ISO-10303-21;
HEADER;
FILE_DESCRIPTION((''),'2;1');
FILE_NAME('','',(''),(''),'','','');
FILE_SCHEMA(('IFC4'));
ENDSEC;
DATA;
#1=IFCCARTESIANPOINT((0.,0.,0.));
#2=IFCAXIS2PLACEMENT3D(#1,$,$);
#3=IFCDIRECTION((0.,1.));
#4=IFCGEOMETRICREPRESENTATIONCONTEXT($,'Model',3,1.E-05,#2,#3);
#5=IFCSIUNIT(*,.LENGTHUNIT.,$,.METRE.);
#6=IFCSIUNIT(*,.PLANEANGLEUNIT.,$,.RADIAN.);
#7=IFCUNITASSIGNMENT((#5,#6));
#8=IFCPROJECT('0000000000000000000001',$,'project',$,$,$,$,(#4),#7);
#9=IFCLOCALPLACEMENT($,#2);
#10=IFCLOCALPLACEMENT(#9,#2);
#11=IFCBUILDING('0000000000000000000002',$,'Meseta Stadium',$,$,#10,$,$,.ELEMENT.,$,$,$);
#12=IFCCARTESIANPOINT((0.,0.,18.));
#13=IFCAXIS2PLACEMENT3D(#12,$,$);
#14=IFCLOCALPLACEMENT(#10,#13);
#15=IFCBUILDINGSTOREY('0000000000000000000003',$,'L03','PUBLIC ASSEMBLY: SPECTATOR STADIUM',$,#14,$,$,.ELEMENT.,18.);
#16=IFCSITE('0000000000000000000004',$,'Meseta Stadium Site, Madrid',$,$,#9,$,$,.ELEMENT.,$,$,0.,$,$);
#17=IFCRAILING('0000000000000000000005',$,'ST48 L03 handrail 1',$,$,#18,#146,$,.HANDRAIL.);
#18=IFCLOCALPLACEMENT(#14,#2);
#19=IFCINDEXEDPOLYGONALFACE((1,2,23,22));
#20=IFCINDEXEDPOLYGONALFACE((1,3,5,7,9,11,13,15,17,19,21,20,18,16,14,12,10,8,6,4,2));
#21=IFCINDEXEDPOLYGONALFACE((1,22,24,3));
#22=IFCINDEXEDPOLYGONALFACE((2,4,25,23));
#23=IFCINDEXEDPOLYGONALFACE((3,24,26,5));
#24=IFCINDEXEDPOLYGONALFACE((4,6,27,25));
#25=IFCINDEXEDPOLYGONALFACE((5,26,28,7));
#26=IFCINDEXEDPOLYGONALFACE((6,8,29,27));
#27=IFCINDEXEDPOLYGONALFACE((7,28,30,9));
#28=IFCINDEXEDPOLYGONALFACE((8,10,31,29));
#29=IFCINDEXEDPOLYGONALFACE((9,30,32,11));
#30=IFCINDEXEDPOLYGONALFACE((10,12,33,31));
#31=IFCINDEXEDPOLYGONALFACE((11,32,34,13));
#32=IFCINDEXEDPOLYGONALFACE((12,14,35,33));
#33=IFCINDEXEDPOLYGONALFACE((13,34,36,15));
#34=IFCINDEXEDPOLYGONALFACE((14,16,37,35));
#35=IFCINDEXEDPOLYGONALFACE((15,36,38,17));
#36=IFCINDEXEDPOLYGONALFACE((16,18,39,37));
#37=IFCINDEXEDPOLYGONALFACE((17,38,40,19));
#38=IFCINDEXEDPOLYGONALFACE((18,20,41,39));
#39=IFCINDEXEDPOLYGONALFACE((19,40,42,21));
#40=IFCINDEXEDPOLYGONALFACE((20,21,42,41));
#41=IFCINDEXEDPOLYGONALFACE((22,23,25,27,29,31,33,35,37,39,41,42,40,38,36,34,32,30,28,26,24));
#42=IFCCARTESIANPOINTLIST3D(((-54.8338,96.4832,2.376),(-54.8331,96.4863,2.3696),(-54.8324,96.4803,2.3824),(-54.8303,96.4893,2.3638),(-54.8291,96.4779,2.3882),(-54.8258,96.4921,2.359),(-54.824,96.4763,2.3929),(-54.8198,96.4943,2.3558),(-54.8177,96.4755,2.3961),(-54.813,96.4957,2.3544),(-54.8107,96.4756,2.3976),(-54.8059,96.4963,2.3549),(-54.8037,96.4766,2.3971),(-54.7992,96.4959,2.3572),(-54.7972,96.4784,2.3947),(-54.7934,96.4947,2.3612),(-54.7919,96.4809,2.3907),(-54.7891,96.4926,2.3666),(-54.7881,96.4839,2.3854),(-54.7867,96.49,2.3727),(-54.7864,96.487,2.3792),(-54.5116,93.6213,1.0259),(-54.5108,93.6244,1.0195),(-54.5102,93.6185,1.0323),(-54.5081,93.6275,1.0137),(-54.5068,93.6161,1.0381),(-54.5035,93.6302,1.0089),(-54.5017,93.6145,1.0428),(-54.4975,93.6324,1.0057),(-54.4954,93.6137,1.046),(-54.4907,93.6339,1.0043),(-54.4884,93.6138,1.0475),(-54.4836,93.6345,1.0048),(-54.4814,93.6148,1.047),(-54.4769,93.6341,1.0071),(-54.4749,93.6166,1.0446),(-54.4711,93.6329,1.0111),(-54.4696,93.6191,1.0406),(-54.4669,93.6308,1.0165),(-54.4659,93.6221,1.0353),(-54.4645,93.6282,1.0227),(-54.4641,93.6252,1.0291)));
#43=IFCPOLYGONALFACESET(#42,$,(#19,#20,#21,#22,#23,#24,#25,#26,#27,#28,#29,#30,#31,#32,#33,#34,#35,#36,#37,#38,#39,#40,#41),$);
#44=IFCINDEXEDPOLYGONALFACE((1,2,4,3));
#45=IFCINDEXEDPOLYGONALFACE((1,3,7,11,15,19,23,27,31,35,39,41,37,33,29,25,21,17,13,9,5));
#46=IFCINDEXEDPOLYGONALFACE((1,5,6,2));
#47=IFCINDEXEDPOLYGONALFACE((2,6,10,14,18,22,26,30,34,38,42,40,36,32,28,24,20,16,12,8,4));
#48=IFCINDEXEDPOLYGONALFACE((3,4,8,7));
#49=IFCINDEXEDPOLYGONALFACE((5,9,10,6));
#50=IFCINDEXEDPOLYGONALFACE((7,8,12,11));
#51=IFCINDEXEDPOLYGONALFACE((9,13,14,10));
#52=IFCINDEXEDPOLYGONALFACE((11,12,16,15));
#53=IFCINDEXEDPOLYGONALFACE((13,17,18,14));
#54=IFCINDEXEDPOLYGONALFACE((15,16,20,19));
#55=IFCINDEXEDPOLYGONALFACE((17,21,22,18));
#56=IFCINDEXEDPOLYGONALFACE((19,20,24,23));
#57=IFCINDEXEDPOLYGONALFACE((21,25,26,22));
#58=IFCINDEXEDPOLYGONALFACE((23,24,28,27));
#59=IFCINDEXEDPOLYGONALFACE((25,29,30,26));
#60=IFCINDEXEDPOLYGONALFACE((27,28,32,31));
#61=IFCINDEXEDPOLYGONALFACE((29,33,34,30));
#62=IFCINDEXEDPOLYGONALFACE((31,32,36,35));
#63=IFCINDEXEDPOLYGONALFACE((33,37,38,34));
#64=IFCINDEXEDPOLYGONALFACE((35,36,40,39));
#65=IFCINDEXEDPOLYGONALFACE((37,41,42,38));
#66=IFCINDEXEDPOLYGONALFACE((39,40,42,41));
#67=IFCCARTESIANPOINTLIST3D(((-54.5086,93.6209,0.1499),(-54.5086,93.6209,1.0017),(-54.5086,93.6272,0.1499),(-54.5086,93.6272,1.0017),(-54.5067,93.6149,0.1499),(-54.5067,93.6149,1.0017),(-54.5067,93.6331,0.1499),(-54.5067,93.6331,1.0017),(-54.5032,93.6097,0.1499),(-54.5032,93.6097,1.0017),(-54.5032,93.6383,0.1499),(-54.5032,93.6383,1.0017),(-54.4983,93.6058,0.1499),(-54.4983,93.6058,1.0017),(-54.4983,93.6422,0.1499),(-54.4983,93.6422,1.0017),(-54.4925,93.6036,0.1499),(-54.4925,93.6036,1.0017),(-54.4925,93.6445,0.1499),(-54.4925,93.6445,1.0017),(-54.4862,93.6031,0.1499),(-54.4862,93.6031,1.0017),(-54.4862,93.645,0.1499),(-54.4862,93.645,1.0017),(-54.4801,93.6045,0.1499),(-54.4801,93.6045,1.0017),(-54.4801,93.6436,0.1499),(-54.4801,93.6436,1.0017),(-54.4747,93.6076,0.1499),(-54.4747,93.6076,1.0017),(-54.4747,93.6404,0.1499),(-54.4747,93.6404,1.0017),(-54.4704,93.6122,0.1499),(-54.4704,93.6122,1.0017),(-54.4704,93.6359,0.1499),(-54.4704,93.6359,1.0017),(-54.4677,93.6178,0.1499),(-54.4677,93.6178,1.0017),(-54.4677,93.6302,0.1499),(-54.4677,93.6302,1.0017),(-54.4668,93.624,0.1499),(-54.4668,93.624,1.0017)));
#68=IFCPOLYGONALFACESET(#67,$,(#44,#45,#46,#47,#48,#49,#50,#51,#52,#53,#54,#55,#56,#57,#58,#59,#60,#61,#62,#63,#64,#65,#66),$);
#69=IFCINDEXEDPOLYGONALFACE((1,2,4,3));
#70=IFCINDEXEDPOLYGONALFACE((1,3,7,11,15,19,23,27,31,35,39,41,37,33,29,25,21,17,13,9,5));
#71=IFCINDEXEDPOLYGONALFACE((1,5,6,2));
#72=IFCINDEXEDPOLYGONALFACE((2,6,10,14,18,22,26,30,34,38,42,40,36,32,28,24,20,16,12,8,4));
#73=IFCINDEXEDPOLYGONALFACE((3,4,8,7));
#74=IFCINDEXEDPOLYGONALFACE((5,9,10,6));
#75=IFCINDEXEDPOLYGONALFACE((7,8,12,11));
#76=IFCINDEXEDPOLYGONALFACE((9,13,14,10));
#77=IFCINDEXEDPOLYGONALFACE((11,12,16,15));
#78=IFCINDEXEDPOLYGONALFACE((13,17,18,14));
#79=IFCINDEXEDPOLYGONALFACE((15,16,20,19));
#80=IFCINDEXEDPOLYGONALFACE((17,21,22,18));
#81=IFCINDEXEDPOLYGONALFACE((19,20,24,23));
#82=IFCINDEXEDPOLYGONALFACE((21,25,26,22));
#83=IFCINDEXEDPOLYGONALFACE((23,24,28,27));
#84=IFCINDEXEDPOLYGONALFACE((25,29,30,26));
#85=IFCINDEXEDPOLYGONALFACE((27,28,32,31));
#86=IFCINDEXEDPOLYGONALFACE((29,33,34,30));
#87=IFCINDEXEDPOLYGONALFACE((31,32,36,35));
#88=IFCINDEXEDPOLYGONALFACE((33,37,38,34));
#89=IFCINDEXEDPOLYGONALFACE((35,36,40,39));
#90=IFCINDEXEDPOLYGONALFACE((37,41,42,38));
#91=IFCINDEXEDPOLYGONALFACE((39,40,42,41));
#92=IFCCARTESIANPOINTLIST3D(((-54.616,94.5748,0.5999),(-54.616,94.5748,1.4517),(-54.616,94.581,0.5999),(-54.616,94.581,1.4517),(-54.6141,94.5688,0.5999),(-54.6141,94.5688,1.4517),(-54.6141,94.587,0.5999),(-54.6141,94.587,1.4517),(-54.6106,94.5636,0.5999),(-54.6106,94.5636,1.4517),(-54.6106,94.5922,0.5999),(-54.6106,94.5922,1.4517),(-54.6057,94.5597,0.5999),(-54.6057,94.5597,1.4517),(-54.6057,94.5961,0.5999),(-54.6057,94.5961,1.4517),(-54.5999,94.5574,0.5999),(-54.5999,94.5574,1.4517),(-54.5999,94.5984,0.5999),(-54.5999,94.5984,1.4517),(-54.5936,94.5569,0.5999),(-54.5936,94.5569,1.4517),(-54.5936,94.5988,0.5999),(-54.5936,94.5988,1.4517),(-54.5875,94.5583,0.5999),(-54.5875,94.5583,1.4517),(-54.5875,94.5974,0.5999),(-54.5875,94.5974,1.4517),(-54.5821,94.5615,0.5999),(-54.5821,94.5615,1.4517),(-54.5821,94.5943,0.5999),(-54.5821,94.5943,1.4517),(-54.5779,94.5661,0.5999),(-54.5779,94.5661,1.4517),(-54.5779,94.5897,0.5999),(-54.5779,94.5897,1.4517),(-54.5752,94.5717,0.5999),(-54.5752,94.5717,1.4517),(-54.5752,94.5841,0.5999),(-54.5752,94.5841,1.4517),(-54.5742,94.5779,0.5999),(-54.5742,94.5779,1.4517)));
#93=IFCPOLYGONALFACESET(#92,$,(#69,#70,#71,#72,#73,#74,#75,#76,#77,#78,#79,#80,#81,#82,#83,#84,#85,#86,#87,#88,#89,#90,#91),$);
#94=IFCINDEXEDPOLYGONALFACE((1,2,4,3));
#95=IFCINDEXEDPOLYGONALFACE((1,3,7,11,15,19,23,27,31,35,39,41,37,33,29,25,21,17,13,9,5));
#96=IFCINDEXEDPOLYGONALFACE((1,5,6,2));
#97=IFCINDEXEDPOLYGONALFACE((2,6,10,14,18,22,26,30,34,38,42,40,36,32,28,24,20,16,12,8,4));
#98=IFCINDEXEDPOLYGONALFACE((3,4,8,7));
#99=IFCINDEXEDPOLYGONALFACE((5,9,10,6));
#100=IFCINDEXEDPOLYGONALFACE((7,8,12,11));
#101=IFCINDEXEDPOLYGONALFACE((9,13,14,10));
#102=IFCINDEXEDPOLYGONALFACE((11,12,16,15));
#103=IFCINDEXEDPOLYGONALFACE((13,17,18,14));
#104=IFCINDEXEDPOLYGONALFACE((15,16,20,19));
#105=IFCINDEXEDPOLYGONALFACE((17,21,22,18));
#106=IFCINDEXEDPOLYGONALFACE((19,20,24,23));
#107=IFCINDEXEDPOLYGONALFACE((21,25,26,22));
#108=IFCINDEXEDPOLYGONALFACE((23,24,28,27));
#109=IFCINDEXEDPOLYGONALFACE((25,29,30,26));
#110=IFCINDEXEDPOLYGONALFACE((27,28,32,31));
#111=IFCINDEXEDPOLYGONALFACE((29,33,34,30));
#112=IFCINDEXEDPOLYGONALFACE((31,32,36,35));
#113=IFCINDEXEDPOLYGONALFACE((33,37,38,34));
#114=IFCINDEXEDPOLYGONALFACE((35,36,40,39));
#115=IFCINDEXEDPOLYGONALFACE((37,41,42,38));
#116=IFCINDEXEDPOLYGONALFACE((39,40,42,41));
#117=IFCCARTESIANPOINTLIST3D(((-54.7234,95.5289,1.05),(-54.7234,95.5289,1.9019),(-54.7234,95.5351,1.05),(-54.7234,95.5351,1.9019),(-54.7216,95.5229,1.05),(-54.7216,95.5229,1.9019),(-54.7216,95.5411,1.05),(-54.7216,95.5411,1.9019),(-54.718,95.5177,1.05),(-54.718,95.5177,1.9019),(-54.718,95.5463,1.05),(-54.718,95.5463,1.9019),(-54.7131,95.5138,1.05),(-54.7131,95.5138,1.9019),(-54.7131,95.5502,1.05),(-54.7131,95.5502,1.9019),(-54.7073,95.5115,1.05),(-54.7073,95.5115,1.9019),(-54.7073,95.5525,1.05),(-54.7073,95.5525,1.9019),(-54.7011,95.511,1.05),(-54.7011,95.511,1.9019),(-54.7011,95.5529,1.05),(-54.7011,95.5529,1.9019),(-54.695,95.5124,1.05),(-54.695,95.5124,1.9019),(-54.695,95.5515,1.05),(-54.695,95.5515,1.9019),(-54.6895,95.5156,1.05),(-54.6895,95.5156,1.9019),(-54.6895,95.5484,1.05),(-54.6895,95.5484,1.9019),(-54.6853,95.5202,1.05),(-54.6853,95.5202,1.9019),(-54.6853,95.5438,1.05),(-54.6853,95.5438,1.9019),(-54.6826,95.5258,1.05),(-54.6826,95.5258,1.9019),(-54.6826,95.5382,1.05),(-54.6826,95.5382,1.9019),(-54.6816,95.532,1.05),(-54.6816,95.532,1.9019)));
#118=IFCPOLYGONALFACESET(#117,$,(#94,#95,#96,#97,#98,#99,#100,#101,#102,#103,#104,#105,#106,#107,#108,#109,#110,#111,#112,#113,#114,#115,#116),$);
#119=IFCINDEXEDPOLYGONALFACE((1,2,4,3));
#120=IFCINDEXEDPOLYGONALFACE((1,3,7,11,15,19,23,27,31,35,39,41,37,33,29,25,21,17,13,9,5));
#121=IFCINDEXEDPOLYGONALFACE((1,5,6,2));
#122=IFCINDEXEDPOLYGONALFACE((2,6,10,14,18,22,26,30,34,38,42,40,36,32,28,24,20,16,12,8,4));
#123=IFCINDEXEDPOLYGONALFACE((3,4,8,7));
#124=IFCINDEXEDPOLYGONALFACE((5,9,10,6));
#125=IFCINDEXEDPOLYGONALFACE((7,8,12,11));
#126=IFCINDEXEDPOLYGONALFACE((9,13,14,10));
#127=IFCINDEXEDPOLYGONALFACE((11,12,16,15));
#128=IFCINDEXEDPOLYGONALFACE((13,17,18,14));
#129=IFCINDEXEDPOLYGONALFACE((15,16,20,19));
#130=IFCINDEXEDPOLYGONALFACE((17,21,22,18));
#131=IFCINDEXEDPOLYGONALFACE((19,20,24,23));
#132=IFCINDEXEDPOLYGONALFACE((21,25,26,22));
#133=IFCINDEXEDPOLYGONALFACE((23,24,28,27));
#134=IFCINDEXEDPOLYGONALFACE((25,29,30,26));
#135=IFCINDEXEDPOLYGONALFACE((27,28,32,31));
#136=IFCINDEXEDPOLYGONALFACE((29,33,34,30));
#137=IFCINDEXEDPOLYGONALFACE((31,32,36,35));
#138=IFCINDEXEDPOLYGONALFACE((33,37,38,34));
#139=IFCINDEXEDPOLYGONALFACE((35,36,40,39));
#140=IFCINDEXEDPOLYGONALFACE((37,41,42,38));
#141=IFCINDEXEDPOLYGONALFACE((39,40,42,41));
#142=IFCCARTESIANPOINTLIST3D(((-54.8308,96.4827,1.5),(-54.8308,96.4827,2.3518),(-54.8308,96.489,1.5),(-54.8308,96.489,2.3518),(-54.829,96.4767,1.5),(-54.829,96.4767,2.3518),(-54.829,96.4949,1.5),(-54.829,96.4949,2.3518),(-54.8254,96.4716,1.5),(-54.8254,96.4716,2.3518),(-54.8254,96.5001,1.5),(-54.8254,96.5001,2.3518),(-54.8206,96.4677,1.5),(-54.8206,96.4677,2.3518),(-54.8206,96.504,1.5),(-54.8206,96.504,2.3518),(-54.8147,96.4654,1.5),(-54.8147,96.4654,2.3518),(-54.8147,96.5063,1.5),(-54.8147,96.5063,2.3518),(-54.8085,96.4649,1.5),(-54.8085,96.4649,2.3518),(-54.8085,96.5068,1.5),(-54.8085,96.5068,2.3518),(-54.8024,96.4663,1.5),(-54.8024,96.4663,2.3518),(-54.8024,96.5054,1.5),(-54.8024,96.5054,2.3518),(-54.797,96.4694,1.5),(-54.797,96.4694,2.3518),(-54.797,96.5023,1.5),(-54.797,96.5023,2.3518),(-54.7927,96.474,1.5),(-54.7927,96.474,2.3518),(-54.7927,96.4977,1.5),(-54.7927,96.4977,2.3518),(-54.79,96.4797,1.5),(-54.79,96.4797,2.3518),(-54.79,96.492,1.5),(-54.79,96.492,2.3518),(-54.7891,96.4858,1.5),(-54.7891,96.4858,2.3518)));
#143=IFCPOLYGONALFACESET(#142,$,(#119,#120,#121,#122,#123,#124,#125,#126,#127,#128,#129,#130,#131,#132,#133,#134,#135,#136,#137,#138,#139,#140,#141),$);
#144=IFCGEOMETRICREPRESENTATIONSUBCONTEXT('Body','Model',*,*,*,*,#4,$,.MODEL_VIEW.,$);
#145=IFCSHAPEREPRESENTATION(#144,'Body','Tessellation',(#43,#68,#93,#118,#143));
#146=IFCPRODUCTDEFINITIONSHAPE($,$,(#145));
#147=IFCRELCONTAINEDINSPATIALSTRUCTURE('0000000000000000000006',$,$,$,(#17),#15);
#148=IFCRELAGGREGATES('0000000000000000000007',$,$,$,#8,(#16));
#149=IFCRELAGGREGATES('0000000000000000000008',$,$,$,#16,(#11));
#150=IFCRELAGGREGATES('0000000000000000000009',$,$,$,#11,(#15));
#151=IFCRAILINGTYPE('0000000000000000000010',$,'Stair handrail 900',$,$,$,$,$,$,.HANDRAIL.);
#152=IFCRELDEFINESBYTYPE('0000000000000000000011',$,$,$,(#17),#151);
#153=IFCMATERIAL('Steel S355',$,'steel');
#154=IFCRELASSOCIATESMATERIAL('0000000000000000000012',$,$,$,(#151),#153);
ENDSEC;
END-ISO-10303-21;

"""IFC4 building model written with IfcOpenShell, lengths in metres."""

from ifc_helpers import new_model, si_unit, direction, frame, origin, origin_2d, place, context, subcontext, project, spatial, circle, extrude, material, type_object, element, save


model = new_model("IFC4")

# Units and contexts
model_context = context("Model", 3, precision=1e-05, world=origin(), true_north=direction((0.0, 1.0)))
body_context = subcontext(model_context, "Body", "Model", "MODEL_VIEW")
ifc_project = project(units=[si_unit("LENGTHUNIT", "METRE"), si_unit("PLANEANGLEUNIT", "RADIAN")], contexts=[model_context])

# Site, building, storey
site_placement = place(None, origin())
site = spatial("IfcSite", under=ifc_project, at=site_placement, Name="Meseta Stadium Site, Madrid", CompositionType="ELEMENT", RefElevation=0.0)
building_placement = place(site_placement, origin())
building = spatial("IfcBuilding", under=site, at=building_placement, Name="Meseta Stadium", CompositionType="ELEMENT")
storey_placement = place(building_placement, frame((0.0, 0.0, 18.0)))
storey = spatial("IfcBuildingStorey", under=building, at=storey_placement, Name="L03", Description="PUBLIC ASSEMBLY: SPECTATOR STADIUM", CompositionType="ELEMENT", Elevation=18.0)

# Railing
ifc_material_1 = material(Name="Steel S355", Category="steel")
railing_type_1 = type_object("IfcRailingType", Name="Stair handrail 900", PredefinedType="HANDRAIL", material=ifc_material_1)
for number, where, name in (
    (1, (-54.4878, 93.624, 0.1499), "ST48 L03 handrail 1"),
):
    element("IfcRailing", number, at=place(storey_placement, frame(where)), inside=storey, type_object=railing_type_1, Name=name, PredefinedType="HANDRAIL", context=body_context, shape_type="SweptSolid", body=[
        extrude(circle(Radius=0.0239, at=origin_2d()), frame((0.0, 0.0, 0.876), z_axis=(-0.10132, 0.899755, 0.424471), x_axis=(-0.993719, -0.111902, 0.0)), (0.0, 0.0, 1.0), 3.1807),
        extrude(circle(Radius=0.021, at=origin_2d()), origin(), (0.0, 0.0, 1.0), 0.8518),
        extrude(circle(Radius=0.021, at=origin_2d()), frame((-0.1074, 0.9539, 0.45)), (0.0, 0.0, 1.0), 0.8518),
        extrude(circle(Radius=0.021, at=origin_2d()), frame((-0.2148, 1.908, 0.9001)), (0.0, 0.0, 1.0), 0.8518),
        extrude(circle(Radius=0.021, at=origin_2d()), frame((-0.3223, 2.8618, 1.3501)), (0.0, 0.0, 1.0), 0.8518),
    ])

save(model, "model.ifc")
